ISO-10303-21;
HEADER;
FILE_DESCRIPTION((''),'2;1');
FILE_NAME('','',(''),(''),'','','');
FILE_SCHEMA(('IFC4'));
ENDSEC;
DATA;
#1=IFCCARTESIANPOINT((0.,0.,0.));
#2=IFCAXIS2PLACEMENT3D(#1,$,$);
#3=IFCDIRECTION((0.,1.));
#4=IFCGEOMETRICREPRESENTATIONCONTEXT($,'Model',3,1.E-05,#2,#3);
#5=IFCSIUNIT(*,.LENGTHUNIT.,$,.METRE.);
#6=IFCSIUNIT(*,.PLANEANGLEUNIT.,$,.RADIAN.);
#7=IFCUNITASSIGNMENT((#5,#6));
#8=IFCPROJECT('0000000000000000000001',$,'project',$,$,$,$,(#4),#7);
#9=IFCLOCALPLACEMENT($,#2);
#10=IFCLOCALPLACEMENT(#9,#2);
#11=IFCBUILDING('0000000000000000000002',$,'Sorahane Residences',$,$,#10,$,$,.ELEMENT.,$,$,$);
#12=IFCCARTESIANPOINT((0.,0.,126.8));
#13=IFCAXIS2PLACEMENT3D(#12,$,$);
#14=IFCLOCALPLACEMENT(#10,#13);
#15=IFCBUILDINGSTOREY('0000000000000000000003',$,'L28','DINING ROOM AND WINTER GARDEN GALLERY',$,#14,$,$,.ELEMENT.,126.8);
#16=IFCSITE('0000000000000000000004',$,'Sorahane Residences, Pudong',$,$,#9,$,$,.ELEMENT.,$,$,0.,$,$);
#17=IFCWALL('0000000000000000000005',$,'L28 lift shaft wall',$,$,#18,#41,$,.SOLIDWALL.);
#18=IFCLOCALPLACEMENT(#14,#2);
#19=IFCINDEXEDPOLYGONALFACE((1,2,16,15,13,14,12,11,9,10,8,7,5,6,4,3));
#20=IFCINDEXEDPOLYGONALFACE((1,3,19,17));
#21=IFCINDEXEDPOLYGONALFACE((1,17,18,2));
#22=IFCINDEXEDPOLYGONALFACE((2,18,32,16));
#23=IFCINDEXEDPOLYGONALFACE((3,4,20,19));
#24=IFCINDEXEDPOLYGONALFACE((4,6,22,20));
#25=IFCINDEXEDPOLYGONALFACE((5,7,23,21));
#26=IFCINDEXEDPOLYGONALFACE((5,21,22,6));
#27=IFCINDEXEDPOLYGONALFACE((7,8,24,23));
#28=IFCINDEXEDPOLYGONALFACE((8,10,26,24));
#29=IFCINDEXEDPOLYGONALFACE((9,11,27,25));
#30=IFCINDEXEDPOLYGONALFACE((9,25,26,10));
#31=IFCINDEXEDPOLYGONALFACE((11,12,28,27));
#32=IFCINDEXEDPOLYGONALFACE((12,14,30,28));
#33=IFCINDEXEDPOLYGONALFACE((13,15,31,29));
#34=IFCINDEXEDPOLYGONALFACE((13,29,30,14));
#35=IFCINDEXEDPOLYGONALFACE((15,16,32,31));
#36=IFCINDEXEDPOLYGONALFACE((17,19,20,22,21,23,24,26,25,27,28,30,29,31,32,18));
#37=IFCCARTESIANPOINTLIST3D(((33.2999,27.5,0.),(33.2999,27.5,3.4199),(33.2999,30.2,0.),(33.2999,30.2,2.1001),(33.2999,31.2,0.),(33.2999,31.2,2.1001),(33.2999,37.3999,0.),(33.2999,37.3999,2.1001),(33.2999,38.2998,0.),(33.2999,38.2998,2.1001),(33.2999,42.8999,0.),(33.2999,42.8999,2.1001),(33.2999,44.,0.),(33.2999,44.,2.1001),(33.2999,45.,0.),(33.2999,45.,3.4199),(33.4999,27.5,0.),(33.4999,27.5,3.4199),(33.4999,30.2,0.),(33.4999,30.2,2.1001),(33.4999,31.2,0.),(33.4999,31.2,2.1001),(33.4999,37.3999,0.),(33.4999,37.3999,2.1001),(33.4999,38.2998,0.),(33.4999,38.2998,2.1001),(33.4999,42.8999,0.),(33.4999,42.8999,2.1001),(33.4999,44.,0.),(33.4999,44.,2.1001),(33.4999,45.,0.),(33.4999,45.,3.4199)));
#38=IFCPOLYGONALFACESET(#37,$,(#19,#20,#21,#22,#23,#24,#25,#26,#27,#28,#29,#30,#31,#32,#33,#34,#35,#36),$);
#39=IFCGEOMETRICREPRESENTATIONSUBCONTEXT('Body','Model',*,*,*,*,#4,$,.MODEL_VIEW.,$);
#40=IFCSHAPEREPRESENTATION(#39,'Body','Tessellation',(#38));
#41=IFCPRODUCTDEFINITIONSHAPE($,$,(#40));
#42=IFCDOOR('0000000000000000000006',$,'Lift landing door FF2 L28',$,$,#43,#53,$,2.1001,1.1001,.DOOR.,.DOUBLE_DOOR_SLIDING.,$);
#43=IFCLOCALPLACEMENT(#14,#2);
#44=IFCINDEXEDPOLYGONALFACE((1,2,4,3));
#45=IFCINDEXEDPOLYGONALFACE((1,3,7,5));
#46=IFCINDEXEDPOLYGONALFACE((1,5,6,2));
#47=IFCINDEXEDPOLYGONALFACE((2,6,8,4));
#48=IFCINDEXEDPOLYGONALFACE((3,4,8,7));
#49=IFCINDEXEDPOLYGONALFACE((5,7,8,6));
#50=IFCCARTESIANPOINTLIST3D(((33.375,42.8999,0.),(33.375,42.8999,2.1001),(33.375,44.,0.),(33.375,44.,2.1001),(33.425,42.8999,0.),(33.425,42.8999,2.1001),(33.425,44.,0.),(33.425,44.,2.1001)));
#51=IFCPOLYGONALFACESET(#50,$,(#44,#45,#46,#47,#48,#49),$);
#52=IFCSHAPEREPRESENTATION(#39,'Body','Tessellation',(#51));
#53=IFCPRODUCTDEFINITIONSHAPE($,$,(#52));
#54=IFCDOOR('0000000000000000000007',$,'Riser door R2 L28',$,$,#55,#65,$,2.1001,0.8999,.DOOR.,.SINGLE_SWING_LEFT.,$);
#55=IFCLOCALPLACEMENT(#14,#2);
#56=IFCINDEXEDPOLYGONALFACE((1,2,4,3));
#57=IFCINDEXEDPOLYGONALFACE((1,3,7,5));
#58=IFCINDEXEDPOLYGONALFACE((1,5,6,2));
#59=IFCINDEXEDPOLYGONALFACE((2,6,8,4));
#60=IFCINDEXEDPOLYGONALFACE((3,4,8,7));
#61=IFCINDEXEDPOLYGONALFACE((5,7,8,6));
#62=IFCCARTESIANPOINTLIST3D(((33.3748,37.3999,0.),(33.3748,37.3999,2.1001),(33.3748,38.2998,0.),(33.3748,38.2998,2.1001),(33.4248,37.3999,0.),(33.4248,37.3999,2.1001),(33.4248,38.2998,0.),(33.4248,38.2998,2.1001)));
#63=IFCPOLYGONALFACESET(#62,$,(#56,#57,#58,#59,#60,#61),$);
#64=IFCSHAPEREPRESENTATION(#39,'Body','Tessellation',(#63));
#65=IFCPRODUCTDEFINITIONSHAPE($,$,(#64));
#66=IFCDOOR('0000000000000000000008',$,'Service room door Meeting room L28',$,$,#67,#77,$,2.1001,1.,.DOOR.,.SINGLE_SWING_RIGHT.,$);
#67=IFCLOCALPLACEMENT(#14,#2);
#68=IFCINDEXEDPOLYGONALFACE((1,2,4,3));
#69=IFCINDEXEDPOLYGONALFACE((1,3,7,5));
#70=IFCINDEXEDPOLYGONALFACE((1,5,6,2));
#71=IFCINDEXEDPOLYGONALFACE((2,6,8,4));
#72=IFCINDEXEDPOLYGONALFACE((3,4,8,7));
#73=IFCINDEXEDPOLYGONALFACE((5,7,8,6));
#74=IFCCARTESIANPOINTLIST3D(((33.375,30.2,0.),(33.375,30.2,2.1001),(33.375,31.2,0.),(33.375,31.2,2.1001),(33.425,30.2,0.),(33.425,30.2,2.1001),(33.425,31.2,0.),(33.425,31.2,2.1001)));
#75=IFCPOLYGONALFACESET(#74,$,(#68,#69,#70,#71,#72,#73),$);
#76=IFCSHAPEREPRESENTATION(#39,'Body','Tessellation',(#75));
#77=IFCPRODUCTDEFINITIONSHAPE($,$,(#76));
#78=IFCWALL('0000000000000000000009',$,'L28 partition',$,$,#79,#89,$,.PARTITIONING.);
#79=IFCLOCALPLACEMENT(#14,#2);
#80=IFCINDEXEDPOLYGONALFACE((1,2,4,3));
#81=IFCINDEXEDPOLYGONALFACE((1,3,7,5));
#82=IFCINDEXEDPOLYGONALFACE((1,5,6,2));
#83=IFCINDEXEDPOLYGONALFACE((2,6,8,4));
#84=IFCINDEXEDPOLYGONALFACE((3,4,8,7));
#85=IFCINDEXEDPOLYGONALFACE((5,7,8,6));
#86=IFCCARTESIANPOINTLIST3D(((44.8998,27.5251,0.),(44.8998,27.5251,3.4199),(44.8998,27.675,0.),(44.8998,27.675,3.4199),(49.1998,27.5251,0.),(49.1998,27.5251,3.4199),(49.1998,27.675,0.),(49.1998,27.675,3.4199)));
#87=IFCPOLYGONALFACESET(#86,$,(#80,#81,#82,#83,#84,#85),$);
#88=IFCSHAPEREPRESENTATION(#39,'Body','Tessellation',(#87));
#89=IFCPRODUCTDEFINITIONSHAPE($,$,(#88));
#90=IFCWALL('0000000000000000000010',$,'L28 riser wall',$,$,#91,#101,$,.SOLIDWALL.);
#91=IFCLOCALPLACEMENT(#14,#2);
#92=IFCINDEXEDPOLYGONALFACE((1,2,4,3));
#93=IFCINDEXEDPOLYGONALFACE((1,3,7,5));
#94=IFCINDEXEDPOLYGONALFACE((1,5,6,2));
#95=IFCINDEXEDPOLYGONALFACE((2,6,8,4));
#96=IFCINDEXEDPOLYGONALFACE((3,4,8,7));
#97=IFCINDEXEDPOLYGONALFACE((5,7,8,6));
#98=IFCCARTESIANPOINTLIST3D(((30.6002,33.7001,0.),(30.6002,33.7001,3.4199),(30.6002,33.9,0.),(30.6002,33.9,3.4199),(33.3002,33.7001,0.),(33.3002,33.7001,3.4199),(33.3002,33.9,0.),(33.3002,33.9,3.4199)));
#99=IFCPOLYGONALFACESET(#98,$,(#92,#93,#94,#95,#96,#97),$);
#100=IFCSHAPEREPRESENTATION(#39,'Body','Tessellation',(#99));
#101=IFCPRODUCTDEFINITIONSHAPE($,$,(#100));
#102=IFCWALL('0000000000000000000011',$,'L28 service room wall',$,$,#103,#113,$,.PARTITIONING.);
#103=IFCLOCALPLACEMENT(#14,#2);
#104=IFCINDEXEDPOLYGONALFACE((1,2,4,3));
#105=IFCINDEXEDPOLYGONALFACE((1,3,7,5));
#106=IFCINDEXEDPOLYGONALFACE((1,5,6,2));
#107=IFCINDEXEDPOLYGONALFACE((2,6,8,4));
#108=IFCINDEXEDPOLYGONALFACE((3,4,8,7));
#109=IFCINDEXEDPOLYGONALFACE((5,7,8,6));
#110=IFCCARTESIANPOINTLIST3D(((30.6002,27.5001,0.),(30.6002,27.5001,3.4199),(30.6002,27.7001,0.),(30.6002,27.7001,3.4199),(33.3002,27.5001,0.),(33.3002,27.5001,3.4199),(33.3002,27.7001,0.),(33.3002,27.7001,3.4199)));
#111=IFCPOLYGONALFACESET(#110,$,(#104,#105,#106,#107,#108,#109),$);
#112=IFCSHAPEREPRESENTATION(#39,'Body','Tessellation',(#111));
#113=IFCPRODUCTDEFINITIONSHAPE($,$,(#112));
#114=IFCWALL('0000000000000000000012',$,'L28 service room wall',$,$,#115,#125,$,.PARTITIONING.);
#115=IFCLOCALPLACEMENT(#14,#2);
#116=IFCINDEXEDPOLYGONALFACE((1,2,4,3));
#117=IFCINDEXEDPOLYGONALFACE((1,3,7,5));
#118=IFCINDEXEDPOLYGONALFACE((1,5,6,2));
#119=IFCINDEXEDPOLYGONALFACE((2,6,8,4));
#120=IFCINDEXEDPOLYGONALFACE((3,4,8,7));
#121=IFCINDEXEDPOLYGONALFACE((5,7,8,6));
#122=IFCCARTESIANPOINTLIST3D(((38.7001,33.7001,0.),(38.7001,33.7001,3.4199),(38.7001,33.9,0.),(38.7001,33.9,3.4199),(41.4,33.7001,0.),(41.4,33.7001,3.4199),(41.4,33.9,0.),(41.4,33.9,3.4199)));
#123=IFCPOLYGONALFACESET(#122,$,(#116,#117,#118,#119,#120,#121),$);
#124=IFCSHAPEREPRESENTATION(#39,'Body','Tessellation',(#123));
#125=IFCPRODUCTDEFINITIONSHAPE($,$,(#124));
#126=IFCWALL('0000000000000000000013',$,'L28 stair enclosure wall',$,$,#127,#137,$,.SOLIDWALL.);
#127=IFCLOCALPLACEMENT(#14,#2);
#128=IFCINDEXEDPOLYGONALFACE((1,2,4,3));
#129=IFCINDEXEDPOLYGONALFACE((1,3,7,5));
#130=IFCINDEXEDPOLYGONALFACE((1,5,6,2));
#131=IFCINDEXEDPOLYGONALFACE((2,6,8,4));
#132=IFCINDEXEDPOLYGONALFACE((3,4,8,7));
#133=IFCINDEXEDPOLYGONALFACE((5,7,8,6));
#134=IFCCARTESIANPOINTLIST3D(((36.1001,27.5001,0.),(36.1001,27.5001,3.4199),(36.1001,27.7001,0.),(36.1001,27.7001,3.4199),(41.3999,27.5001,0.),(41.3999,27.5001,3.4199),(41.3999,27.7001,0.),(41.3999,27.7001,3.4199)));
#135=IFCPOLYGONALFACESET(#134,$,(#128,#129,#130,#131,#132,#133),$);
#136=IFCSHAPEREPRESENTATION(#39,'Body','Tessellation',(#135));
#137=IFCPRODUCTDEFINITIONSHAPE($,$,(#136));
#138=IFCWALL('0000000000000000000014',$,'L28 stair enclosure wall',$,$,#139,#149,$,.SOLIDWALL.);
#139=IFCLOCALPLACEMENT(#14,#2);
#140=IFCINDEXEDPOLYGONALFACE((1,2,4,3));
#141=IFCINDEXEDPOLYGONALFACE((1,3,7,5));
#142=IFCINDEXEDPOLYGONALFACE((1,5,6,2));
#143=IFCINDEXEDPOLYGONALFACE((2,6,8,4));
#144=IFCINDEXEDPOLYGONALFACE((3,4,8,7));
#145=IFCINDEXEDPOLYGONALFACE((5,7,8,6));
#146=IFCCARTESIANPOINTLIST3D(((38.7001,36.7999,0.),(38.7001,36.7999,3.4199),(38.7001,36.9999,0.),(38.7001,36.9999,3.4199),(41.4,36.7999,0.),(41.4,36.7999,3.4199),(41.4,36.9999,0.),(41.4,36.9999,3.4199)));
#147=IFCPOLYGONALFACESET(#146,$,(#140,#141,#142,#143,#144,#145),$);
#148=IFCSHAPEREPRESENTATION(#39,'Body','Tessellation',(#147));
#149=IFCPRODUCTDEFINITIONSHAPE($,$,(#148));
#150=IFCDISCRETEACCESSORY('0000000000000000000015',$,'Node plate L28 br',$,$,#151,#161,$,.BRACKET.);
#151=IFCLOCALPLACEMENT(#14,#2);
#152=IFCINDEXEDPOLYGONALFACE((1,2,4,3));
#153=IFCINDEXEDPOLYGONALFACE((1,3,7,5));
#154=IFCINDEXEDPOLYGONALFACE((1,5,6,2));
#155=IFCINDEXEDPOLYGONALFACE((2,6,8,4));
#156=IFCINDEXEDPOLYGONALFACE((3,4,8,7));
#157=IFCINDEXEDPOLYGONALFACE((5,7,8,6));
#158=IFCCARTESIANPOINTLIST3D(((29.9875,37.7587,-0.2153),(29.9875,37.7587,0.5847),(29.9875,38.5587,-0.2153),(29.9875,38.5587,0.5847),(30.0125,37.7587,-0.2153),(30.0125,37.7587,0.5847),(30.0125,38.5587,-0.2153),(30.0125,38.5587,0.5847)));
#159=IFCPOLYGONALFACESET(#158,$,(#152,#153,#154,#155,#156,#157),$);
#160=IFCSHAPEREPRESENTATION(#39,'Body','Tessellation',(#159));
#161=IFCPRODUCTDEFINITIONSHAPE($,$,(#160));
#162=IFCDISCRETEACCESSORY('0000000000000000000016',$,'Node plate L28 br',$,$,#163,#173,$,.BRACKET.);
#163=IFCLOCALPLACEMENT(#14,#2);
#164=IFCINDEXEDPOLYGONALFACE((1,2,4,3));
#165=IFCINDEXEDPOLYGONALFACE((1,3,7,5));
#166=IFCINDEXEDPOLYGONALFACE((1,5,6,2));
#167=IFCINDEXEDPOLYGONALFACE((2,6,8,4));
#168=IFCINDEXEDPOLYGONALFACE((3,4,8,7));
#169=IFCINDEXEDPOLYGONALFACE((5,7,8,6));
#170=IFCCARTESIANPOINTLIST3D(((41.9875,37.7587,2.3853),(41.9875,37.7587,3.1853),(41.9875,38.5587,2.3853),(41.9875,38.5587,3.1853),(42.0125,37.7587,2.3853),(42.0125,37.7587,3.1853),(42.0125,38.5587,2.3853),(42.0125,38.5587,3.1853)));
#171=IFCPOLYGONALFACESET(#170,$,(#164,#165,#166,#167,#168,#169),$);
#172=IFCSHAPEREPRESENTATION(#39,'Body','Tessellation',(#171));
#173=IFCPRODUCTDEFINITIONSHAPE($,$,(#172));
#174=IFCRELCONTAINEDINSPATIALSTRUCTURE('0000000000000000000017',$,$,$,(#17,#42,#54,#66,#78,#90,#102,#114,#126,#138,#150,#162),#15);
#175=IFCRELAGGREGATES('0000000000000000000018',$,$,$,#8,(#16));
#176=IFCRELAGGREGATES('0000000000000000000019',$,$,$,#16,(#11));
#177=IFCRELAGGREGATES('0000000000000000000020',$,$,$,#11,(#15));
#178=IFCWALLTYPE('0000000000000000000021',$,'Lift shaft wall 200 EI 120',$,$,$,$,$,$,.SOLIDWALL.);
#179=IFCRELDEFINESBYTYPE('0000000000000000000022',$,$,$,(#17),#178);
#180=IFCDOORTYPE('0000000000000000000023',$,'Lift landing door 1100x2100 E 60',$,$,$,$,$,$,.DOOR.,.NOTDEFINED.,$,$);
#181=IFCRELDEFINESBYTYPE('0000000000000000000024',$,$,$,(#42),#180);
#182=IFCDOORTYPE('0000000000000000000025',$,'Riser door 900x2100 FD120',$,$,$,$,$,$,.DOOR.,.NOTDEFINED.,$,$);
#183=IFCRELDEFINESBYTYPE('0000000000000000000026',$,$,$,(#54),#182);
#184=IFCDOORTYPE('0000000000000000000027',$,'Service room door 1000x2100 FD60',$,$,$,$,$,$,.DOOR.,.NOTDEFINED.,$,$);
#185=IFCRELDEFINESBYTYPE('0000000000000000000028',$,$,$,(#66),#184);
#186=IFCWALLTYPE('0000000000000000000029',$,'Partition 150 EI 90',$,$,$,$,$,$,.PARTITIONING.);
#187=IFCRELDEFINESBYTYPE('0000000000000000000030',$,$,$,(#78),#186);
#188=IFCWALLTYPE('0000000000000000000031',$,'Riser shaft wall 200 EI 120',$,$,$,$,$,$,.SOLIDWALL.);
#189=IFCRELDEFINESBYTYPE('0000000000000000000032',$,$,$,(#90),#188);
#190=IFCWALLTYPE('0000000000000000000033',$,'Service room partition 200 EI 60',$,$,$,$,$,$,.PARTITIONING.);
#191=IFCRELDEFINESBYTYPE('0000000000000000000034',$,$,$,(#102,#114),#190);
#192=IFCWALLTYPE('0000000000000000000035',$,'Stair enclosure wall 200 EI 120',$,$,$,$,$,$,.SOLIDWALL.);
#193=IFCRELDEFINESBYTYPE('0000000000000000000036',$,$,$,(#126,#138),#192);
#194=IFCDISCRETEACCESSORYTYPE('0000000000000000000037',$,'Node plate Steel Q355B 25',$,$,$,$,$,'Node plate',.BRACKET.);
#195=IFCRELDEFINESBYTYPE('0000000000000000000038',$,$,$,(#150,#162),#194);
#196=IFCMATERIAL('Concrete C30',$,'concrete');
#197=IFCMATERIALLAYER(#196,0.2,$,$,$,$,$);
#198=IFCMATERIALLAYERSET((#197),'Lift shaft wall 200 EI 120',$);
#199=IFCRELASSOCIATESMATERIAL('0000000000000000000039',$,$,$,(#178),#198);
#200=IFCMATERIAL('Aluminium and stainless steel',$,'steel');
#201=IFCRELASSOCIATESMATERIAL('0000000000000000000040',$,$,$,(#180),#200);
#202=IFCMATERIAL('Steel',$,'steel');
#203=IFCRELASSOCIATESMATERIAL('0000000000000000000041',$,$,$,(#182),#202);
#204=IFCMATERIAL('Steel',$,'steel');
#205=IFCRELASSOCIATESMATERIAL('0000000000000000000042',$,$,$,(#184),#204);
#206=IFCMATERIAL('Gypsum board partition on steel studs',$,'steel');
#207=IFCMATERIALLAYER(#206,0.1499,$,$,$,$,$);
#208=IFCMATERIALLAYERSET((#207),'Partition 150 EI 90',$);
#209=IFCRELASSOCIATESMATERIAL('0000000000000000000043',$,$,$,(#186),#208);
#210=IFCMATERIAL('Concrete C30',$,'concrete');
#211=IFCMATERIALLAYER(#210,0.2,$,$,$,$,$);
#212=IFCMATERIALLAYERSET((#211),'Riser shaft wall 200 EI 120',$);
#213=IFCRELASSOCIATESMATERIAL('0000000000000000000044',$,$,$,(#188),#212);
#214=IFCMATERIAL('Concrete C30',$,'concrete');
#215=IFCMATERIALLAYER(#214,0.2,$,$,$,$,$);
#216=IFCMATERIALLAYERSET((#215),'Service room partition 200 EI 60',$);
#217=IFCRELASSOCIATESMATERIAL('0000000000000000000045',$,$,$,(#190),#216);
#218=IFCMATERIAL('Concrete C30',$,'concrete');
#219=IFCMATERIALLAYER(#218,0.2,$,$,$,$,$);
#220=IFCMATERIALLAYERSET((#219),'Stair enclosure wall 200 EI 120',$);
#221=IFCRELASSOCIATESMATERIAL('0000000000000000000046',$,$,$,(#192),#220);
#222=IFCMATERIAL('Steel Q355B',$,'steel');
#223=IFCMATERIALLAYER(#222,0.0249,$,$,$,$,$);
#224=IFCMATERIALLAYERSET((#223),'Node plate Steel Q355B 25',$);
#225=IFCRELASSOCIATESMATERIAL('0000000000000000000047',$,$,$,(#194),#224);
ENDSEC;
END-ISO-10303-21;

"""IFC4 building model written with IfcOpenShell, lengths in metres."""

from ifc_helpers import new_model, si_unit, direction, frame, frame_2d, origin, origin_2d, place, context, subcontext, project, spatial, rectangle, extrude, material, layer, layer_set, type_object, element, fill, save


model = new_model("IFC4")

# Units and contexts
model_context = context("Model", 3, precision=1e-05, world=origin(), true_north=direction((0.0, 1.0)))
body_context = subcontext(model_context, "Body", "Model", "MODEL_VIEW")
ifc_project = project(units=[si_unit("LENGTHUNIT", "METRE"), si_unit("PLANEANGLEUNIT", "RADIAN")], contexts=[model_context])

# Site, building, storey
site_placement = place(None, origin())
site = spatial("IfcSite", under=ifc_project, at=site_placement, Name="Sorahane Residences, Pudong", CompositionType="ELEMENT", RefElevation=0.0)
building_placement = place(site_placement, origin())
building = spatial("IfcBuilding", under=site, at=building_placement, Name="Sorahane Residences", CompositionType="ELEMENT")
storey_placement = place(building_placement, frame((0.0, 0.0, 126.8)))
storey = spatial("IfcBuildingStorey", under=building, at=storey_placement, Name="L28", Description="DINING ROOM AND WINTER GARDEN GALLERY", CompositionType="ELEMENT", Elevation=126.8)

# Wall, openings, doors
ifc_material_1 = material(Name="Concrete C30", Category="concrete")
ifc_layer_1 = layer(ifc_material_1, 0.2)
ifc_layer_set_1 = layer_set([ifc_layer_1], Name="Lift shaft wall 200 EI 120")
wall_type_1 = type_object("IfcWallType", Name="Lift shaft wall 200 EI 120", PredefinedType="SOLIDWALL", material=ifc_layer_set_1)
wall_1_placement = place(storey_placement, frame((33.3999, 27.5, 0.0), z_axis=(0.0, 0.0, 1.0), x_axis=(0.0, 1.0, 0.0)))
wall_1 = element("IfcWall", 1, at=wall_1_placement, inside=storey, type_object=wall_type_1, Name="L28 lift shaft wall", PredefinedType="SOLIDWALL", context=body_context, shape_type="SweptSolid", body=[
    extrude(rectangle(XDim=17.5, YDim=0.2, at=frame_2d((8.75, 0.0))), origin(), (0.0, 0.0, 1.0), 3.4199),
])
opening_1_placement = place(wall_1_placement, frame((15.3999, 0.0, 0.0)))
opening_1 = element("IfcOpeningElement", 2, at=opening_1_placement, cuts=wall_1, PredefinedType="OPENING", context=body_context, shape_type="SweptSolid", body=[
    extrude(rectangle(XDim=1.1001, YDim=2.1001, at=frame_2d((0.55, 1.05))), frame((0.0, 0.1099, 0.0), z_axis=(0.0, -1.0, 0.0), x_axis=(1.0, 0.0, 0.0)), (0.0, 0.0, 1.0), 0.22),
])
opening_2_placement = place(wall_1_placement, frame((2.7, 0.0, 0.0)))
opening_2 = element("IfcOpeningElement", 3, at=opening_2_placement, cuts=wall_1, PredefinedType="OPENING", context=body_context, shape_type="SweptSolid", body=[
    extrude(rectangle(XDim=1.0, YDim=2.1001, at=frame_2d((0.5, 1.05))), frame((0.0, 0.1099, 0.0), z_axis=(0.0, -1.0, 0.0), x_axis=(1.0, 0.0, 0.0)), (0.0, 0.0, 1.0), 0.22),
])
opening_3_placement = place(wall_1_placement, frame((9.8999, 0.0, 0.0)))
opening_3 = element("IfcOpeningElement", 4, at=opening_3_placement, cuts=wall_1, PredefinedType="OPENING", context=body_context, shape_type="SweptSolid", body=[
    extrude(rectangle(XDim=0.8999, YDim=2.1001, at=frame_2d((0.45, 1.05))), frame((0.0, 0.1099, 0.0), z_axis=(0.0, -1.0, 0.0), x_axis=(1.0, 0.0, 0.0)), (0.0, 0.0, 1.0), 0.22),
])
ifc_material_2 = material(Name="Aluminium and stainless steel", Category="steel")
door_type_1 = type_object("IfcDoorType", Name="Lift landing door 1100x2100 E 60", OperationType="NOTDEFINED", PredefinedType="DOOR", material=ifc_material_2)
door_1_placement = place(opening_1_placement, origin())
door_1 = element("IfcDoor", 5, at=door_1_placement, inside=storey, type_object=door_type_1, Name="Lift landing door FF2 L28", OperationType="DOUBLE_DOOR_SLIDING", OverallHeight=2.1001, OverallWidth=1.1001, PredefinedType="DOOR", context=body_context, shape_type="SweptSolid", body=[
    extrude(rectangle(XDim=1.1001, YDim=2.1001, at=frame_2d((0.55, 1.05))), frame((0.0, 0.0249, 0.0), z_axis=(0.0, -1.0, 0.0), x_axis=(1.0, 0.0, 0.0)), (0.0, 0.0, 1.0), 0.05),
])
fill(opening_1, door_1)
ifc_material_3 = material(Name="Steel", Category="steel")
door_type_2 = type_object("IfcDoorType", Name="Riser door 900x2100 FD120", OperationType="NOTDEFINED", PredefinedType="DOOR", material=ifc_material_3)
door_2_placement = place(opening_3_placement, frame((0.8999, 0.0, 0.0), z_axis=(0.0, 0.0, 1.0), x_axis=(-1.0, 0.0, 0.0)))
door_2 = element("IfcDoor", 6, at=door_2_placement, inside=storey, type_object=door_type_2, Name="Riser door R2 L28", OperationType="SINGLE_SWING_LEFT", OverallHeight=2.1001, OverallWidth=0.8999, PredefinedType="DOOR", context=body_context, shape_type="SweptSolid", body=[
    extrude(rectangle(XDim=0.8999, YDim=2.1001, at=frame_2d((0.45, 1.05))), frame((0.0, 0.0249, 0.0), z_axis=(0.0, -1.0, 0.0), x_axis=(1.0, 0.0, 0.0)), (0.0, 0.0, 1.0), 0.05),
])
fill(opening_3, door_2)
ifc_material_4 = material(Name="Steel", Category="steel")
door_type_3 = type_object("IfcDoorType", Name="Service room door 1000x2100 FD60", OperationType="NOTDEFINED", PredefinedType="DOOR", material=ifc_material_4)
door_3_placement = place(opening_2_placement, origin())
door_3 = element("IfcDoor", 7, at=door_3_placement, inside=storey, type_object=door_type_3, Name="Service room door Meeting room L28", OperationType="SINGLE_SWING_RIGHT", OverallHeight=2.1001, OverallWidth=1.0, PredefinedType="DOOR", context=body_context, shape_type="SweptSolid", body=[
    extrude(rectangle(XDim=1.0, YDim=2.1001, at=frame_2d((0.5, 1.05))), frame((0.0, 0.0249, 0.0), z_axis=(0.0, -1.0, 0.0), x_axis=(1.0, 0.0, 0.0)), (0.0, 0.0, 1.0), 0.05),
])
fill(opening_2, door_3)

# Walls
ifc_material_5 = material(Name="Gypsum board partition on steel studs", Category="steel")
ifc_layer_2 = layer(ifc_material_5, 0.1499)
ifc_layer_set_2 = layer_set([ifc_layer_2], Name="Partition 150 EI 90")
wall_type_2 = type_object("IfcWallType", Name="Partition 150 EI 90", PredefinedType="PARTITIONING", material=ifc_layer_set_2)
wall_2_placement = place(storey_placement, frame((44.8999, 27.6001, 0.0), z_axis=(0.0, 0.0, 1.0), x_axis=(1.0, 0.0, 0.0)))
element("IfcWall", 8, at=wall_2_placement, inside=storey, type_object=wall_type_2, Name="L28 partition", PredefinedType="PARTITIONING", context=body_context, shape_type="SweptSolid", body=[
    extrude(rectangle(XDim=4.3, YDim=0.1499, at=frame_2d((2.1499, 0.0))), origin(), (0.0, 0.0, 1.0), 3.4199),
])
ifc_material_6 = material(Name="Concrete C30", Category="concrete")
ifc_layer_3 = layer(ifc_material_6, 0.2)
ifc_layer_set_3 = layer_set([ifc_layer_3], Name="Riser shaft wall 200 EI 120")
wall_type_3 = type_object("IfcWallType", Name="Riser shaft wall 200 EI 120", PredefinedType="SOLIDWALL", material=ifc_layer_set_3)
wall_3_placement = place(storey_placement, frame((30.6001, 33.8, 0.0), z_axis=(0.0, 0.0, 1.0), x_axis=(1.0, 0.0, 0.0)))
element("IfcWall", 9, at=wall_3_placement, inside=storey, type_object=wall_type_3, Name="L28 riser wall", PredefinedType="SOLIDWALL", context=body_context, shape_type="SweptSolid", body=[
    extrude(rectangle(XDim=2.7, YDim=0.2, at=frame_2d((1.3501, 0.0))), origin(), (0.0, 0.0, 1.0), 3.4199),
])
ifc_material_7 = material(Name="Concrete C30", Category="concrete")
ifc_layer_4 = layer(ifc_material_7, 0.2)
ifc_layer_set_4 = layer_set([ifc_layer_4], Name="Service room partition 200 EI 60")
wall_type_4 = type_object("IfcWallType", Name="Service room partition 200 EI 60", PredefinedType="PARTITIONING", material=ifc_layer_set_4)
for number, where, z_axis, x_axis, name in (
    (10, (30.6001, 27.6001, 0.0), (0.0, 0.0, 1.0), (1.0, 0.0, 0.0), "L28 service room wall"),
    (11, (38.7, 33.8, 0.0), (0.0, 0.0, 1.0), (1.0, 0.0, 0.0), "L28 service room wall"),
):
    element("IfcWall", number, at=place(storey_placement, frame(where, z_axis=z_axis, x_axis=x_axis)), inside=storey, type_object=wall_type_4, Name=name, PredefinedType="PARTITIONING", context=body_context, shape_type="SweptSolid", body=[
        extrude(rectangle(XDim=2.7, YDim=0.2, at=frame_2d((1.3501, 0.0))), origin(), (0.0, 0.0, 1.0), 3.4199),
    ])
ifc_material_8 = material(Name="Concrete C30", Category="concrete")
ifc_layer_5 = layer(ifc_material_8, 0.2)
ifc_layer_set_5 = layer_set([ifc_layer_5], Name="Stair enclosure wall 200 EI 120")
wall_type_5 = type_object("IfcWallType", Name="Stair enclosure wall 200 EI 120", PredefinedType="SOLIDWALL", material=ifc_layer_set_5)
wall_4_placement = place(storey_placement, frame((36.1001, 27.6001, 0.0), z_axis=(0.0, 0.0, 1.0), x_axis=(1.0, 0.0, 0.0)))
element("IfcWall", 12, at=wall_4_placement, inside=storey, type_object=wall_type_5, Name="L28 stair enclosure wall", PredefinedType="SOLIDWALL", context=body_context, shape_type="SweptSolid", body=[
    extrude(rectangle(XDim=5.2998, YDim=0.2, at=frame_2d((2.6499, 0.0))), origin(), (0.0, 0.0, 1.0), 3.4199),
])
wall_5_placement = place(storey_placement, frame((38.7, 36.8999, 0.0), z_axis=(0.0, 0.0, 1.0), x_axis=(1.0, 0.0, 0.0)))
element("IfcWall", 13, at=wall_5_placement, inside=storey, type_object=wall_type_5, Name="L28 stair enclosure wall", PredefinedType="SOLIDWALL", context=body_context, shape_type="SweptSolid", body=[
    extrude(rectangle(XDim=2.7, YDim=0.2, at=frame_2d((1.3501, 0.0))), origin(), (0.0, 0.0, 1.0), 3.4199),
])

# Discrete accessories
ifc_material_9 = material(Name="Steel Q355B", Category="steel")
ifc_layer_6 = layer(ifc_material_9, 0.0249)
ifc_layer_set_6 = layer_set([ifc_layer_6], Name="Node plate Steel Q355B 25")
discrete_accessory_type = type_object("IfcDiscreteAccessoryType", Name="Node plate Steel Q355B 25", ElementType="Node plate", PredefinedType="BRACKET", material=ifc_layer_set_6)
for number, where, z_axis, x_axis, name in (
    (14, (30.0, 38.1587, -0.2153), (0.0, 0.0, 1.0), (0.0, 1.0, 0.0), "Node plate L28 br"),
    (15, (42.0, 38.1587, 2.3853), (0.0, 0.0, 1.0), (0.0, 1.0, 0.0), "Node plate L28 br"),
):
    element("IfcDiscreteAccessory", number, at=place(storey_placement, frame(where, z_axis=z_axis, x_axis=x_axis)), inside=storey, type_object=discrete_accessory_type, Name=name, PredefinedType="BRACKET", context=body_context, shape_type="SweptSolid", body=[
        extrude(rectangle(XDim=0.8, YDim=0.0249, at=origin_2d()), origin(), (0.0, 0.0, 1.0), 0.8),
    ])

save(model, "model.ifc")
